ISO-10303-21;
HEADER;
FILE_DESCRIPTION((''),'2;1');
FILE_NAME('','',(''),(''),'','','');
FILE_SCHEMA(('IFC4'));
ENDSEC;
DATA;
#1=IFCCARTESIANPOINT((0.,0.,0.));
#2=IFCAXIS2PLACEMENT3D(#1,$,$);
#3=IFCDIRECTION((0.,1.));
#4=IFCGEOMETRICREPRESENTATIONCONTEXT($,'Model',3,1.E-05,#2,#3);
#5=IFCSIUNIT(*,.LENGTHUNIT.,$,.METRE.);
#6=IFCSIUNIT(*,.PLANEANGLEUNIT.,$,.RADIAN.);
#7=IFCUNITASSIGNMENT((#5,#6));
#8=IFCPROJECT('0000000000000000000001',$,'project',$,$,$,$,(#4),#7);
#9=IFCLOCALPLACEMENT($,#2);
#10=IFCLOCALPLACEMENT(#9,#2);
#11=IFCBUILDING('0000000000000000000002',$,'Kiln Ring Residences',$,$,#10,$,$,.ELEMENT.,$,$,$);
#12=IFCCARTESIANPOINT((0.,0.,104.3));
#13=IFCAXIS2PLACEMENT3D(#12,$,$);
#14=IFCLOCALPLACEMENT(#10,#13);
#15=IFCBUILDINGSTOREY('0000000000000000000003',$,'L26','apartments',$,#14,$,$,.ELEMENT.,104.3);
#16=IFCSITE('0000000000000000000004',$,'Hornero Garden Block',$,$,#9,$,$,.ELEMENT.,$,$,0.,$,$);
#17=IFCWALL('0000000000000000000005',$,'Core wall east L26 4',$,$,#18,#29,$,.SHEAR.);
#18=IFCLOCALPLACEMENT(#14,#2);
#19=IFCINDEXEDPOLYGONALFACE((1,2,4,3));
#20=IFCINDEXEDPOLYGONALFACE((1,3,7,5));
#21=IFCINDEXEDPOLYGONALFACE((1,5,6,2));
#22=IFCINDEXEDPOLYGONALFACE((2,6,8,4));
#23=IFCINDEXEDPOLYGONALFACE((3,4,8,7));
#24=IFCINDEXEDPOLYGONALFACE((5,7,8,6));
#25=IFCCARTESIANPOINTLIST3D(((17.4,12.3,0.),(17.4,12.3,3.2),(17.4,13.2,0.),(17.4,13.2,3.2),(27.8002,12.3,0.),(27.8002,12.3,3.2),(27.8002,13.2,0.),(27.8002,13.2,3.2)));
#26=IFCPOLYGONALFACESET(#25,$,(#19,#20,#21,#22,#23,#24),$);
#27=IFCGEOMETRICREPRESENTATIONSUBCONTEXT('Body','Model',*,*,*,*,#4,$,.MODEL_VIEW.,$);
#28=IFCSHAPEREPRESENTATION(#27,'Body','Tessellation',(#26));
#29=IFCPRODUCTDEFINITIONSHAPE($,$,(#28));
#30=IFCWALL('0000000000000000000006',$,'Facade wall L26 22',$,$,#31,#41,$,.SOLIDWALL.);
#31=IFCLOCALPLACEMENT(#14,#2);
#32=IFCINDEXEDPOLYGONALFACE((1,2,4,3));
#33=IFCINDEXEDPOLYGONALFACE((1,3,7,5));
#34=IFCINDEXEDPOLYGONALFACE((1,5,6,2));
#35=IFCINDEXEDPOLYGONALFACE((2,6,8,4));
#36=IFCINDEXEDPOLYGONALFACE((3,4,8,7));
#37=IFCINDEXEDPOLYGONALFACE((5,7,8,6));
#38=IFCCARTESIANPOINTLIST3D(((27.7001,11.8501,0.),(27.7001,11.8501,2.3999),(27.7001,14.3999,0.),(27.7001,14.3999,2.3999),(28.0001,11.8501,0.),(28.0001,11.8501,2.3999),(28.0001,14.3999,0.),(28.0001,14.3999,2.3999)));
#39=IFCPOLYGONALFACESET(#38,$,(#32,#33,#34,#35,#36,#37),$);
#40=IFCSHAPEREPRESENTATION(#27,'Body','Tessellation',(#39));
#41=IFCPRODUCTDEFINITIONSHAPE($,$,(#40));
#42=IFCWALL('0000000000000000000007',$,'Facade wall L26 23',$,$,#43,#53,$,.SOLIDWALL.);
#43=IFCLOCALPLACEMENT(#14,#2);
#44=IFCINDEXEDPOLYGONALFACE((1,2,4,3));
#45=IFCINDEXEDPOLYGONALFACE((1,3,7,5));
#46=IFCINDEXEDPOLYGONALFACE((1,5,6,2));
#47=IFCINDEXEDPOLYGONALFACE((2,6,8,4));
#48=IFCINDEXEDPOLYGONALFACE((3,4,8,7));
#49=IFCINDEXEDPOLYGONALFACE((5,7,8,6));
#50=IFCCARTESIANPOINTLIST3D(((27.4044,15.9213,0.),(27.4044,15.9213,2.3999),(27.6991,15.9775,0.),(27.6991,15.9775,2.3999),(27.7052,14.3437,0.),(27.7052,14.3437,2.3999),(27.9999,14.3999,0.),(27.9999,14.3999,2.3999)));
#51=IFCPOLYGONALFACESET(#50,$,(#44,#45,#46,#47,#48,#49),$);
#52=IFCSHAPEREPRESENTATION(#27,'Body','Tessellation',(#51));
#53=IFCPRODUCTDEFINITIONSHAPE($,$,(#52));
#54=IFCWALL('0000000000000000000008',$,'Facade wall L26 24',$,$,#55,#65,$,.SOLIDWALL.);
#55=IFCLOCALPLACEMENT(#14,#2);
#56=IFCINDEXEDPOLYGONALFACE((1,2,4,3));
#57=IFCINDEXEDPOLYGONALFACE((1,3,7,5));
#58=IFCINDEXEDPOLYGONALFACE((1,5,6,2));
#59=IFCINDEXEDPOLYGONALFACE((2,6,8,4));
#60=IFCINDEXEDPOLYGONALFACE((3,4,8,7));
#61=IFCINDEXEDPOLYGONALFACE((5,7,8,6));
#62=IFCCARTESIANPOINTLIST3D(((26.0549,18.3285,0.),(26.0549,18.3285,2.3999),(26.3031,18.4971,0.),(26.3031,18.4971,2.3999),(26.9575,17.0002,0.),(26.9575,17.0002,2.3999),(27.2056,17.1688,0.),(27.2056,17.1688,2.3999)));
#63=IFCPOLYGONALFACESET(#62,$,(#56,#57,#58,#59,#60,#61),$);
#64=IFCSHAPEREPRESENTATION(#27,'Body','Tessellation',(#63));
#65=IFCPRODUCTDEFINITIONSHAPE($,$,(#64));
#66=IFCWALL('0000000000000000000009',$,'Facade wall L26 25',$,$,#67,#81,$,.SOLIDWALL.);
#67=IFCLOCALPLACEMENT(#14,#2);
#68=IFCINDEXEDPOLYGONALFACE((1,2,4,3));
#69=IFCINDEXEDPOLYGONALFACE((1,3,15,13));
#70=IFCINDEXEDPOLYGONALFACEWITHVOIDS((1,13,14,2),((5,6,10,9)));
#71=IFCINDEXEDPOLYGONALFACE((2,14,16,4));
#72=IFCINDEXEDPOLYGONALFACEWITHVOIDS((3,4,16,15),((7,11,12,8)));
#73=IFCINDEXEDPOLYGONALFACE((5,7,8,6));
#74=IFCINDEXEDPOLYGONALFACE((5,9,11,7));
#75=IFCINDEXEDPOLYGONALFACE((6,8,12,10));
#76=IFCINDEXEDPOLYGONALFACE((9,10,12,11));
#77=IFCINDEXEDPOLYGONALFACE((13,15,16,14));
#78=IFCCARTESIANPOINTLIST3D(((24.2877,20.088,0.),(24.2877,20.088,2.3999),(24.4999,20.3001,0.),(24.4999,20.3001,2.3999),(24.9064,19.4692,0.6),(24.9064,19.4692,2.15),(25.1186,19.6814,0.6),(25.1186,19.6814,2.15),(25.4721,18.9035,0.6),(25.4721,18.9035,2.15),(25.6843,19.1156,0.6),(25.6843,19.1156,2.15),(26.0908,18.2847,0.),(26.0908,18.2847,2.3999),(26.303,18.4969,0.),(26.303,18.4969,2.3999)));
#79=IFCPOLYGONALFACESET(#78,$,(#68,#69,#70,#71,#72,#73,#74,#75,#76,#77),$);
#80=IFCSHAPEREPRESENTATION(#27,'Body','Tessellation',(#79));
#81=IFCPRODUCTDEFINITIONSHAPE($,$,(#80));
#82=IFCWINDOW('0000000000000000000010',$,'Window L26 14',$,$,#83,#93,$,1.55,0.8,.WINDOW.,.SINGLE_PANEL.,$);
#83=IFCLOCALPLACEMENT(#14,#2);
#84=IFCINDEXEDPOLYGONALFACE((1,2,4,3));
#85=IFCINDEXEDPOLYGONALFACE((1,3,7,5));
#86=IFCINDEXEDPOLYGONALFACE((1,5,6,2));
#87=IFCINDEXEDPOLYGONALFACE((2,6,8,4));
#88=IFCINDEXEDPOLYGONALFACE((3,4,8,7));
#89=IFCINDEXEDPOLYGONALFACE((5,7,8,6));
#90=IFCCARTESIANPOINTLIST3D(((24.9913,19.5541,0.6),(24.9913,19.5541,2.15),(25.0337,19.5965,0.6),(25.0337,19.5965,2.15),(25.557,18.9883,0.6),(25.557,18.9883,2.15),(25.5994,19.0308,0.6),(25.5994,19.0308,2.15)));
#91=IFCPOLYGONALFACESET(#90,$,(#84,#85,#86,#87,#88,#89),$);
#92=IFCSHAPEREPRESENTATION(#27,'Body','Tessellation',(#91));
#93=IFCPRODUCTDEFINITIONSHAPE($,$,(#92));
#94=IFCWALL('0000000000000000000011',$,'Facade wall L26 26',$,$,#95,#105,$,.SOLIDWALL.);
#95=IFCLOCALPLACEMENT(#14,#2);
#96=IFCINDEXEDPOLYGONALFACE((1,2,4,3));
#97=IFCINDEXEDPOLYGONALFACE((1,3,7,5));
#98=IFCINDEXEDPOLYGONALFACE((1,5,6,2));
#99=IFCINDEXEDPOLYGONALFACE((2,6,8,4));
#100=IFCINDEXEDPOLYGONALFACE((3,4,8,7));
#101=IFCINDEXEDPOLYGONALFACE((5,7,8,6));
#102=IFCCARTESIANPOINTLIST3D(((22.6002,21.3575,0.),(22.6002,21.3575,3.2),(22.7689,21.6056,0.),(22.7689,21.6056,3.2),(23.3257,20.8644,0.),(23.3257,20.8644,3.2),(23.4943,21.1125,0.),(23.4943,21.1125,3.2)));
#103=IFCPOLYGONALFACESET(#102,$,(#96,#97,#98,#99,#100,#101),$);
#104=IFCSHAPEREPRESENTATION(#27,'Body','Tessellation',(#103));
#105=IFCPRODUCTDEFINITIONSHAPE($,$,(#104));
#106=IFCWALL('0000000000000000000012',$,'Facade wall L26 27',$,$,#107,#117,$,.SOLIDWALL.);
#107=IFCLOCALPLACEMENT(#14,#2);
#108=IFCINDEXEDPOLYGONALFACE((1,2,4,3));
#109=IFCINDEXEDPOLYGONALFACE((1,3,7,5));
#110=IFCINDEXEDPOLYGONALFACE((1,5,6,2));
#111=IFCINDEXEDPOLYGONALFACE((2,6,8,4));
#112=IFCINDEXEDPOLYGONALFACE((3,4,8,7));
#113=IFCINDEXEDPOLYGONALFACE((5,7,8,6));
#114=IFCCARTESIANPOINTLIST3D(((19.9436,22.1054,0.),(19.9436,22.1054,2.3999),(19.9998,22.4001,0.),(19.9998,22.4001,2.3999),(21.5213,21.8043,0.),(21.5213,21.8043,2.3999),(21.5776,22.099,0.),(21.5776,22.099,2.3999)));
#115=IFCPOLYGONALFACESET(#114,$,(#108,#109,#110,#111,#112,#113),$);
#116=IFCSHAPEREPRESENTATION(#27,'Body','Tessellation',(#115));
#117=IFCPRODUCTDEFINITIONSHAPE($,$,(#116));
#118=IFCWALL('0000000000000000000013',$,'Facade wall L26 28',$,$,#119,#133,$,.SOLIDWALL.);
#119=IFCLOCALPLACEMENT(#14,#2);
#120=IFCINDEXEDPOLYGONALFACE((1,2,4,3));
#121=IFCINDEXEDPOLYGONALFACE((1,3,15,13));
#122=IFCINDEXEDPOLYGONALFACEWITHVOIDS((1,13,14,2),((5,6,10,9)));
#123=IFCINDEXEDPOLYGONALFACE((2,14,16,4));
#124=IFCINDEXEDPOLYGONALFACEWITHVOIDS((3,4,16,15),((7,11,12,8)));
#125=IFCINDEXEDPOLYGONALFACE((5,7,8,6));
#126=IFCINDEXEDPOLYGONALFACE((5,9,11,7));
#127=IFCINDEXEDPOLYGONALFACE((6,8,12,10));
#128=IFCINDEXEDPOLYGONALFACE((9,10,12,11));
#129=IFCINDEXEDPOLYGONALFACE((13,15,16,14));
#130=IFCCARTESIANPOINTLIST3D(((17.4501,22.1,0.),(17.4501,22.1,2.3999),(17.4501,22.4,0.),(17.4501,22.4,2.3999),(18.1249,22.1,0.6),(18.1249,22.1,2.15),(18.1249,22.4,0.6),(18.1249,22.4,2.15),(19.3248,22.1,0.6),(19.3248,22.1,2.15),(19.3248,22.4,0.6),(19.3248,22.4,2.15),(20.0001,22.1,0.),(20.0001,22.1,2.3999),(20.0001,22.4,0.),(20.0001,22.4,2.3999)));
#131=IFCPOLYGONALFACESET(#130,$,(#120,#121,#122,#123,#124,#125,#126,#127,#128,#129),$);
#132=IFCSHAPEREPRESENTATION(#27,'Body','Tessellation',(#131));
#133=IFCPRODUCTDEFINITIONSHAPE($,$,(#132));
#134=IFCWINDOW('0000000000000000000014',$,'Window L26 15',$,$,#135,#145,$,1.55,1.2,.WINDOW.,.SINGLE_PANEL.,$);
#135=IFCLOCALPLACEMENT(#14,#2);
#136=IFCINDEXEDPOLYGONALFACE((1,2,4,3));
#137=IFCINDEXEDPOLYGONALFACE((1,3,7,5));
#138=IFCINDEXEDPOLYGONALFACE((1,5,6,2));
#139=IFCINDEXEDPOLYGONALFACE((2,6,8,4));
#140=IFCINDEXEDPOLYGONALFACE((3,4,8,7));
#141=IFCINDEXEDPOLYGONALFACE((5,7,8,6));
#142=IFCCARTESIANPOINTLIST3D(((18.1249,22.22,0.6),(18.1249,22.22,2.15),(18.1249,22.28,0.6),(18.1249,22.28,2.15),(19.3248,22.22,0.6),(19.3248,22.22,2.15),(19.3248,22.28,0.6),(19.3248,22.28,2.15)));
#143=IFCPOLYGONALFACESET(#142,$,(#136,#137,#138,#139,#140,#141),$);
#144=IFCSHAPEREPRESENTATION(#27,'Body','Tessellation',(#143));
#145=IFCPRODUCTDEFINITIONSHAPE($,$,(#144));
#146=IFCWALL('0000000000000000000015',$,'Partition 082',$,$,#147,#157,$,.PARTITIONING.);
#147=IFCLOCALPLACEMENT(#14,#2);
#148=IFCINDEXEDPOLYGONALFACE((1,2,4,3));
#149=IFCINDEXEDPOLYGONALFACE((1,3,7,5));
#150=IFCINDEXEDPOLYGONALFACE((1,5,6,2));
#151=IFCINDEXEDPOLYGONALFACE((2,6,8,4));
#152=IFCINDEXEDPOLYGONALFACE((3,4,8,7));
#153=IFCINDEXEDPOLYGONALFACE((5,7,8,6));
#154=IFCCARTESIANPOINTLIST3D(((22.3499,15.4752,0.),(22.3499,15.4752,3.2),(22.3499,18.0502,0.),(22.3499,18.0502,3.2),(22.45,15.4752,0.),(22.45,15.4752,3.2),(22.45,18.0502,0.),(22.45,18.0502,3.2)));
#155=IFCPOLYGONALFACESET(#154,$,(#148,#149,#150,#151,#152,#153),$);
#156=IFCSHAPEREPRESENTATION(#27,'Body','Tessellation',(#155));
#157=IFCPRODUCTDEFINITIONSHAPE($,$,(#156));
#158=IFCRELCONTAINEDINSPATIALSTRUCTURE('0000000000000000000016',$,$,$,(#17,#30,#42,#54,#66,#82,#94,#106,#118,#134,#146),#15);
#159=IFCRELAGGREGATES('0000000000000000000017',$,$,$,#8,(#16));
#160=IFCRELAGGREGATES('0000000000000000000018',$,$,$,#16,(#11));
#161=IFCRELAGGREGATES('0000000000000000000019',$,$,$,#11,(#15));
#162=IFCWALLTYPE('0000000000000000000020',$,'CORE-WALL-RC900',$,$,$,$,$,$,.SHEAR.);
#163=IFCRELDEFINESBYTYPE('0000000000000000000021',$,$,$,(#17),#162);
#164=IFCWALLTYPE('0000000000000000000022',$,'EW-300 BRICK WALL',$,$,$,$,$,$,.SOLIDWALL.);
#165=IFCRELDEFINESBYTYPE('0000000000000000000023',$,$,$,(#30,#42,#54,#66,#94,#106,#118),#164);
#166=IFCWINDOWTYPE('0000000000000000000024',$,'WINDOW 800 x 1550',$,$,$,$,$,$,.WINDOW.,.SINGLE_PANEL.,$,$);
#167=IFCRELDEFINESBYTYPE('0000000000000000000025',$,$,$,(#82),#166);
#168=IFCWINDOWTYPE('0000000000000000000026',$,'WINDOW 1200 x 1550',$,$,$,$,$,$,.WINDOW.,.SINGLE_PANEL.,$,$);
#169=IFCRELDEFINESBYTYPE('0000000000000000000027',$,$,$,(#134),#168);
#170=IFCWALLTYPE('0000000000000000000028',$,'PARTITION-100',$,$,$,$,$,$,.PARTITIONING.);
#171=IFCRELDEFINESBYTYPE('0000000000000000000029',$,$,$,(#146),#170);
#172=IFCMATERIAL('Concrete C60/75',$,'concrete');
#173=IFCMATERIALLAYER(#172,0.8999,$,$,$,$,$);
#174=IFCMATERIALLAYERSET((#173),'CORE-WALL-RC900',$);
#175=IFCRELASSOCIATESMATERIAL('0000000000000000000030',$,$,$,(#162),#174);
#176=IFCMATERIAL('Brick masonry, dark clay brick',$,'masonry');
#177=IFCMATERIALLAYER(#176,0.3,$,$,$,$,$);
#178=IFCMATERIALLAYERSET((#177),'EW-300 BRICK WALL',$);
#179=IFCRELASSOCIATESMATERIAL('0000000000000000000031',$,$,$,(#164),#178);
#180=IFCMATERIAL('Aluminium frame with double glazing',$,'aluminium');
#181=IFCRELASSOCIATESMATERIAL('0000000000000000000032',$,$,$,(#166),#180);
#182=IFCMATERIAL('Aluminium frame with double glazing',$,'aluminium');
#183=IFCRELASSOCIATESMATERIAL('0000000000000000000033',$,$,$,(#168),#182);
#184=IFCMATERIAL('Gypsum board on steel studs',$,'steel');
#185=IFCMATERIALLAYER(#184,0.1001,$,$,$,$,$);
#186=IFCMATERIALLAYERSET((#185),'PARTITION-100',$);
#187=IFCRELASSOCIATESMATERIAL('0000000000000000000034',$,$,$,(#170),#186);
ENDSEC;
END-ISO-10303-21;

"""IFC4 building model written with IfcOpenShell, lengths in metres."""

from ifc_helpers import new_model, si_unit, direction, frame, frame_2d, origin, place, context, subcontext, project, spatial, rectangle, extrude, material, layer, layer_set, type_object, element, fill, save


model = new_model("IFC4")

# Units and contexts
model_context = context("Model", 3, precision=1e-05, world=origin(), true_north=direction((0.0, 1.0)))
body_context = subcontext(model_context, "Body", "Model", "MODEL_VIEW")
ifc_project = project(units=[si_unit("LENGTHUNIT", "METRE"), si_unit("PLANEANGLEUNIT", "RADIAN")], contexts=[model_context])

# Site, building, storey
site_placement = place(None, origin())
site = spatial("IfcSite", under=ifc_project, at=site_placement, Name="Hornero Garden Block", CompositionType="ELEMENT", RefElevation=0.0)
building_placement = place(site_placement, origin())
building = spatial("IfcBuilding", under=site, at=building_placement, Name="Kiln Ring Residences", CompositionType="ELEMENT")
storey_placement = place(building_placement, frame((0.0, 0.0, 104.3)))
storey = spatial("IfcBuildingStorey", under=building, at=storey_placement, Name="L26", Description="apartments", CompositionType="ELEMENT", Elevation=104.3)

# Walls
ifc_material_1 = material(Name="Concrete C60/75", Category="concrete")
ifc_layer_1 = layer(ifc_material_1, 0.8999)
ifc_layer_set_1 = layer_set([ifc_layer_1], Name="CORE-WALL-RC900")
wall_type_1 = type_object("IfcWallType", Name="CORE-WALL-RC900", PredefinedType="SHEAR", material=ifc_layer_set_1)
wall_1_placement = place(storey_placement, frame((17.3999, 12.75, 0.0), z_axis=(0.0, 0.0, 1.0), x_axis=(1.0, 0.0, 0.0)))
element("IfcWall", 1, at=wall_1_placement, inside=storey, type_object=wall_type_1, Name="Core wall east L26 4", PredefinedType="SHEAR", context=body_context, shape_type="SweptSolid", body=[
    extrude(rectangle(XDim=10.4001, YDim=0.8999, at=frame_2d((5.2002, 0.0))), origin(), (0.0, 0.0, 1.0), 3.2),
])
ifc_material_2 = material(Name="Brick masonry, dark clay brick", Category="masonry")
ifc_layer_2 = layer(ifc_material_2, 0.3)
ifc_layer_set_2 = layer_set([ifc_layer_2], Name="EW-300 BRICK WALL")
wall_type_2 = type_object("IfcWallType", Name="EW-300 BRICK WALL", PredefinedType="SOLIDWALL", material=ifc_layer_set_2)
wall_2_placement = place(storey_placement, frame((27.8501, 11.8501, 0.0), z_axis=(0.0, 0.0, 1.0), x_axis=(0.0, 1.0, 0.0)))
element("IfcWall", 2, at=wall_2_placement, inside=storey, type_object=wall_type_2, Name="Facade wall L26 22", PredefinedType="SOLIDWALL", context=body_context, shape_type="SweptSolid", body=[
    extrude(rectangle(XDim=2.5498, YDim=0.3, at=frame_2d((1.2749, 0.0))), origin(), (0.0, 0.0, 1.0), 2.3999),
])
for number, where, z_axis, x_axis, name in (
    (3, (27.8525, 14.3718, 0.0), (0.0, 0.0, 1.0), (-0.18728, 0.982307, 0.0), "Facade wall L26 23"),
    (4, (27.0815, 17.0845, 0.0), (0.0, 0.0, 1.0), (-0.562011, 0.82713, 0.0), "Facade wall L26 24"),
):
    element("IfcWall", number, at=place(storey_placement, frame(where, z_axis=z_axis, x_axis=x_axis)), inside=storey, type_object=wall_type_2, Name=name, PredefinedType="SOLIDWALL", context=body_context, shape_type="SweptSolid", body=[
        extrude(rectangle(XDim=1.606, YDim=0.3, at=frame_2d((0.803, 0.0))), origin(), (0.0, 0.0, 1.0), 2.3999),
    ])

# Wall, opening, window
wall_3_placement = place(storey_placement, frame((26.1968, 18.3909, 0.0), z_axis=(0.0, 0.0, 1.0), x_axis=(-0.707059, 0.707155, 0.0)))
wall_3 = element("IfcWall", 5, at=wall_3_placement, inside=storey, type_object=wall_type_2, Name="Facade wall L26 25", PredefinedType="SOLIDWALL", context=body_context, shape_type="SweptSolid", body=[
    extrude(rectangle(XDim=2.55, YDim=0.3, at=frame_2d((1.2749, 0.0))), origin(), (0.0, 0.0, 1.0), 2.3999),
])
opening_1_placement = place(wall_3_placement, frame((0.875, 0.0, 0.6001)))
opening_1 = element("IfcOpeningElement", 6, at=opening_1_placement, cuts=wall_3, PredefinedType="OPENING", context=body_context, shape_type="SweptSolid", body=[
    extrude(rectangle(XDim=0.8, YDim=1.55, at=frame_2d((0.3999, 0.7749))), frame((0.0, 0.1599, 0.0), z_axis=(0.0, -1.0, 0.0), x_axis=(1.0, 0.0, 0.0)), (0.0, 0.0, 1.0), 0.3201),
])
ifc_material_3 = material(Name="Aluminium frame with double glazing", Category="aluminium")
window_type_1 = type_object("IfcWindowType", Name="WINDOW 800 x 1550", PartitioningType="SINGLE_PANEL", PredefinedType="WINDOW", material=ifc_material_3)
window_1_placement = place(opening_1_placement, origin())
window_1 = element("IfcWindow", 7, at=window_1_placement, inside=storey, type_object=window_type_1, Name="Window L26 14", OverallHeight=1.55, OverallWidth=0.8, PartitioningType="SINGLE_PANEL", PredefinedType="WINDOW", context=body_context, shape_type="SweptSolid", body=[
    extrude(rectangle(XDim=0.8, YDim=1.55, at=frame_2d((0.3999, 0.7749))), frame((0.0, 0.03, 0.0), z_axis=(0.0, -1.0, 0.0), x_axis=(1.0, 0.0, 0.0)), (0.0, 0.0, 1.0), 0.0601),
])
fill(opening_1, window_1)

# Walls
wall_4_placement = place(storey_placement, frame((23.4099, 20.9885, 0.0), z_axis=(0.0, 0.0, 1.0), x_axis=(-0.827051, 0.562127, 0.0)))
element("IfcWall", 8, at=wall_4_placement, inside=storey, type_object=wall_type_2, Name="Facade wall L26 26", PredefinedType="SOLIDWALL", context=body_context, shape_type="SweptSolid", body=[
    extrude(rectangle(XDim=0.8772, YDim=0.3, at=frame_2d((0.4385, 0.0))), origin(), (0.0, 0.0, 1.0), 3.2),
])
wall_5_placement = place(storey_placement, frame((21.5496, 21.9517, 0.0), z_axis=(0.0, 0.0, 1.0), x_axis=(-0.982279, 0.187426, 0.0)))
element("IfcWall", 9, at=wall_5_placement, inside=storey, type_object=wall_type_2, Name="Facade wall L26 27", PredefinedType="SOLIDWALL", context=body_context, shape_type="SweptSolid", body=[
    extrude(rectangle(XDim=1.6062, YDim=0.3, at=frame_2d((0.8032, 0.0))), origin(), (0.0, 0.0, 1.0), 2.3999),
])

# Wall, opening, window
wall_6_placement = place(storey_placement, frame((20.0, 22.25, 0.0), z_axis=(0.0, 0.0, 1.0), x_axis=(-1.0, 0.0, 0.0)))
wall_6 = element("IfcWall", 10, at=wall_6_placement, inside=storey, type_object=wall_type_2, Name="Facade wall L26 28", PredefinedType="SOLIDWALL", context=body_context, shape_type="SweptSolid", body=[
    extrude(rectangle(XDim=2.55, YDim=0.3, at=frame_2d((1.2749, 0.0))), origin(), (0.0, 0.0, 1.0), 2.3999),
])
opening_2_placement = place(wall_6_placement, frame((0.675, 0.0, 0.6001)))
opening_2 = element("IfcOpeningElement", 11, at=opening_2_placement, cuts=wall_6, PredefinedType="OPENING", context=body_context, shape_type="SweptSolid", body=[
    extrude(rectangle(XDim=1.2, YDim=1.55, at=frame_2d((0.6001, 0.7749))), frame((0.0, 0.1599, 0.0), z_axis=(0.0, -1.0, 0.0), x_axis=(1.0, 0.0, 0.0)), (0.0, 0.0, 1.0), 0.3201),
])
ifc_material_4 = material(Name="Aluminium frame with double glazing", Category="aluminium")
window_type_2 = type_object("IfcWindowType", Name="WINDOW 1200 x 1550", PartitioningType="SINGLE_PANEL", PredefinedType="WINDOW", material=ifc_material_4)
window_2_placement = place(opening_2_placement, origin())
window_2 = element("IfcWindow", 12, at=window_2_placement, inside=storey, type_object=window_type_2, Name="Window L26 15", OverallHeight=1.55, OverallWidth=1.2, PartitioningType="SINGLE_PANEL", PredefinedType="WINDOW", context=body_context, shape_type="SweptSolid", body=[
    extrude(rectangle(XDim=1.2, YDim=1.55, at=frame_2d((0.6001, 0.7749))), frame((0.0, 0.03, 0.0), z_axis=(0.0, -1.0, 0.0), x_axis=(1.0, 0.0, 0.0)), (0.0, 0.0, 1.0), 0.0601),
])
fill(opening_2, window_2)

# Wall
ifc_material_5 = material(Name="Gypsum board on steel studs", Category="steel")
ifc_layer_3 = layer(ifc_material_5, 0.1001)
ifc_layer_set_3 = layer_set([ifc_layer_3], Name="PARTITION-100")
wall_type_3 = type_object("IfcWallType", Name="PARTITION-100", PredefinedType="PARTITIONING", material=ifc_layer_set_3)
wall_7_placement = place(storey_placement, frame((22.3999, 15.4751, 0.0), z_axis=(0.0, 0.0, 1.0), x_axis=(0.0, 1.0, 0.0)))
element("IfcWall", 13, at=wall_7_placement, inside=storey, type_object=wall_type_3, Name="Partition 082", PredefinedType="PARTITIONING", context=body_context, shape_type="SweptSolid", body=[
    extrude(rectangle(XDim=2.575, YDim=0.1001, at=frame_2d((1.2876, 0.0))), origin(), (0.0, 0.0, 1.0), 3.2),
])

save(model, "model.ifc")
